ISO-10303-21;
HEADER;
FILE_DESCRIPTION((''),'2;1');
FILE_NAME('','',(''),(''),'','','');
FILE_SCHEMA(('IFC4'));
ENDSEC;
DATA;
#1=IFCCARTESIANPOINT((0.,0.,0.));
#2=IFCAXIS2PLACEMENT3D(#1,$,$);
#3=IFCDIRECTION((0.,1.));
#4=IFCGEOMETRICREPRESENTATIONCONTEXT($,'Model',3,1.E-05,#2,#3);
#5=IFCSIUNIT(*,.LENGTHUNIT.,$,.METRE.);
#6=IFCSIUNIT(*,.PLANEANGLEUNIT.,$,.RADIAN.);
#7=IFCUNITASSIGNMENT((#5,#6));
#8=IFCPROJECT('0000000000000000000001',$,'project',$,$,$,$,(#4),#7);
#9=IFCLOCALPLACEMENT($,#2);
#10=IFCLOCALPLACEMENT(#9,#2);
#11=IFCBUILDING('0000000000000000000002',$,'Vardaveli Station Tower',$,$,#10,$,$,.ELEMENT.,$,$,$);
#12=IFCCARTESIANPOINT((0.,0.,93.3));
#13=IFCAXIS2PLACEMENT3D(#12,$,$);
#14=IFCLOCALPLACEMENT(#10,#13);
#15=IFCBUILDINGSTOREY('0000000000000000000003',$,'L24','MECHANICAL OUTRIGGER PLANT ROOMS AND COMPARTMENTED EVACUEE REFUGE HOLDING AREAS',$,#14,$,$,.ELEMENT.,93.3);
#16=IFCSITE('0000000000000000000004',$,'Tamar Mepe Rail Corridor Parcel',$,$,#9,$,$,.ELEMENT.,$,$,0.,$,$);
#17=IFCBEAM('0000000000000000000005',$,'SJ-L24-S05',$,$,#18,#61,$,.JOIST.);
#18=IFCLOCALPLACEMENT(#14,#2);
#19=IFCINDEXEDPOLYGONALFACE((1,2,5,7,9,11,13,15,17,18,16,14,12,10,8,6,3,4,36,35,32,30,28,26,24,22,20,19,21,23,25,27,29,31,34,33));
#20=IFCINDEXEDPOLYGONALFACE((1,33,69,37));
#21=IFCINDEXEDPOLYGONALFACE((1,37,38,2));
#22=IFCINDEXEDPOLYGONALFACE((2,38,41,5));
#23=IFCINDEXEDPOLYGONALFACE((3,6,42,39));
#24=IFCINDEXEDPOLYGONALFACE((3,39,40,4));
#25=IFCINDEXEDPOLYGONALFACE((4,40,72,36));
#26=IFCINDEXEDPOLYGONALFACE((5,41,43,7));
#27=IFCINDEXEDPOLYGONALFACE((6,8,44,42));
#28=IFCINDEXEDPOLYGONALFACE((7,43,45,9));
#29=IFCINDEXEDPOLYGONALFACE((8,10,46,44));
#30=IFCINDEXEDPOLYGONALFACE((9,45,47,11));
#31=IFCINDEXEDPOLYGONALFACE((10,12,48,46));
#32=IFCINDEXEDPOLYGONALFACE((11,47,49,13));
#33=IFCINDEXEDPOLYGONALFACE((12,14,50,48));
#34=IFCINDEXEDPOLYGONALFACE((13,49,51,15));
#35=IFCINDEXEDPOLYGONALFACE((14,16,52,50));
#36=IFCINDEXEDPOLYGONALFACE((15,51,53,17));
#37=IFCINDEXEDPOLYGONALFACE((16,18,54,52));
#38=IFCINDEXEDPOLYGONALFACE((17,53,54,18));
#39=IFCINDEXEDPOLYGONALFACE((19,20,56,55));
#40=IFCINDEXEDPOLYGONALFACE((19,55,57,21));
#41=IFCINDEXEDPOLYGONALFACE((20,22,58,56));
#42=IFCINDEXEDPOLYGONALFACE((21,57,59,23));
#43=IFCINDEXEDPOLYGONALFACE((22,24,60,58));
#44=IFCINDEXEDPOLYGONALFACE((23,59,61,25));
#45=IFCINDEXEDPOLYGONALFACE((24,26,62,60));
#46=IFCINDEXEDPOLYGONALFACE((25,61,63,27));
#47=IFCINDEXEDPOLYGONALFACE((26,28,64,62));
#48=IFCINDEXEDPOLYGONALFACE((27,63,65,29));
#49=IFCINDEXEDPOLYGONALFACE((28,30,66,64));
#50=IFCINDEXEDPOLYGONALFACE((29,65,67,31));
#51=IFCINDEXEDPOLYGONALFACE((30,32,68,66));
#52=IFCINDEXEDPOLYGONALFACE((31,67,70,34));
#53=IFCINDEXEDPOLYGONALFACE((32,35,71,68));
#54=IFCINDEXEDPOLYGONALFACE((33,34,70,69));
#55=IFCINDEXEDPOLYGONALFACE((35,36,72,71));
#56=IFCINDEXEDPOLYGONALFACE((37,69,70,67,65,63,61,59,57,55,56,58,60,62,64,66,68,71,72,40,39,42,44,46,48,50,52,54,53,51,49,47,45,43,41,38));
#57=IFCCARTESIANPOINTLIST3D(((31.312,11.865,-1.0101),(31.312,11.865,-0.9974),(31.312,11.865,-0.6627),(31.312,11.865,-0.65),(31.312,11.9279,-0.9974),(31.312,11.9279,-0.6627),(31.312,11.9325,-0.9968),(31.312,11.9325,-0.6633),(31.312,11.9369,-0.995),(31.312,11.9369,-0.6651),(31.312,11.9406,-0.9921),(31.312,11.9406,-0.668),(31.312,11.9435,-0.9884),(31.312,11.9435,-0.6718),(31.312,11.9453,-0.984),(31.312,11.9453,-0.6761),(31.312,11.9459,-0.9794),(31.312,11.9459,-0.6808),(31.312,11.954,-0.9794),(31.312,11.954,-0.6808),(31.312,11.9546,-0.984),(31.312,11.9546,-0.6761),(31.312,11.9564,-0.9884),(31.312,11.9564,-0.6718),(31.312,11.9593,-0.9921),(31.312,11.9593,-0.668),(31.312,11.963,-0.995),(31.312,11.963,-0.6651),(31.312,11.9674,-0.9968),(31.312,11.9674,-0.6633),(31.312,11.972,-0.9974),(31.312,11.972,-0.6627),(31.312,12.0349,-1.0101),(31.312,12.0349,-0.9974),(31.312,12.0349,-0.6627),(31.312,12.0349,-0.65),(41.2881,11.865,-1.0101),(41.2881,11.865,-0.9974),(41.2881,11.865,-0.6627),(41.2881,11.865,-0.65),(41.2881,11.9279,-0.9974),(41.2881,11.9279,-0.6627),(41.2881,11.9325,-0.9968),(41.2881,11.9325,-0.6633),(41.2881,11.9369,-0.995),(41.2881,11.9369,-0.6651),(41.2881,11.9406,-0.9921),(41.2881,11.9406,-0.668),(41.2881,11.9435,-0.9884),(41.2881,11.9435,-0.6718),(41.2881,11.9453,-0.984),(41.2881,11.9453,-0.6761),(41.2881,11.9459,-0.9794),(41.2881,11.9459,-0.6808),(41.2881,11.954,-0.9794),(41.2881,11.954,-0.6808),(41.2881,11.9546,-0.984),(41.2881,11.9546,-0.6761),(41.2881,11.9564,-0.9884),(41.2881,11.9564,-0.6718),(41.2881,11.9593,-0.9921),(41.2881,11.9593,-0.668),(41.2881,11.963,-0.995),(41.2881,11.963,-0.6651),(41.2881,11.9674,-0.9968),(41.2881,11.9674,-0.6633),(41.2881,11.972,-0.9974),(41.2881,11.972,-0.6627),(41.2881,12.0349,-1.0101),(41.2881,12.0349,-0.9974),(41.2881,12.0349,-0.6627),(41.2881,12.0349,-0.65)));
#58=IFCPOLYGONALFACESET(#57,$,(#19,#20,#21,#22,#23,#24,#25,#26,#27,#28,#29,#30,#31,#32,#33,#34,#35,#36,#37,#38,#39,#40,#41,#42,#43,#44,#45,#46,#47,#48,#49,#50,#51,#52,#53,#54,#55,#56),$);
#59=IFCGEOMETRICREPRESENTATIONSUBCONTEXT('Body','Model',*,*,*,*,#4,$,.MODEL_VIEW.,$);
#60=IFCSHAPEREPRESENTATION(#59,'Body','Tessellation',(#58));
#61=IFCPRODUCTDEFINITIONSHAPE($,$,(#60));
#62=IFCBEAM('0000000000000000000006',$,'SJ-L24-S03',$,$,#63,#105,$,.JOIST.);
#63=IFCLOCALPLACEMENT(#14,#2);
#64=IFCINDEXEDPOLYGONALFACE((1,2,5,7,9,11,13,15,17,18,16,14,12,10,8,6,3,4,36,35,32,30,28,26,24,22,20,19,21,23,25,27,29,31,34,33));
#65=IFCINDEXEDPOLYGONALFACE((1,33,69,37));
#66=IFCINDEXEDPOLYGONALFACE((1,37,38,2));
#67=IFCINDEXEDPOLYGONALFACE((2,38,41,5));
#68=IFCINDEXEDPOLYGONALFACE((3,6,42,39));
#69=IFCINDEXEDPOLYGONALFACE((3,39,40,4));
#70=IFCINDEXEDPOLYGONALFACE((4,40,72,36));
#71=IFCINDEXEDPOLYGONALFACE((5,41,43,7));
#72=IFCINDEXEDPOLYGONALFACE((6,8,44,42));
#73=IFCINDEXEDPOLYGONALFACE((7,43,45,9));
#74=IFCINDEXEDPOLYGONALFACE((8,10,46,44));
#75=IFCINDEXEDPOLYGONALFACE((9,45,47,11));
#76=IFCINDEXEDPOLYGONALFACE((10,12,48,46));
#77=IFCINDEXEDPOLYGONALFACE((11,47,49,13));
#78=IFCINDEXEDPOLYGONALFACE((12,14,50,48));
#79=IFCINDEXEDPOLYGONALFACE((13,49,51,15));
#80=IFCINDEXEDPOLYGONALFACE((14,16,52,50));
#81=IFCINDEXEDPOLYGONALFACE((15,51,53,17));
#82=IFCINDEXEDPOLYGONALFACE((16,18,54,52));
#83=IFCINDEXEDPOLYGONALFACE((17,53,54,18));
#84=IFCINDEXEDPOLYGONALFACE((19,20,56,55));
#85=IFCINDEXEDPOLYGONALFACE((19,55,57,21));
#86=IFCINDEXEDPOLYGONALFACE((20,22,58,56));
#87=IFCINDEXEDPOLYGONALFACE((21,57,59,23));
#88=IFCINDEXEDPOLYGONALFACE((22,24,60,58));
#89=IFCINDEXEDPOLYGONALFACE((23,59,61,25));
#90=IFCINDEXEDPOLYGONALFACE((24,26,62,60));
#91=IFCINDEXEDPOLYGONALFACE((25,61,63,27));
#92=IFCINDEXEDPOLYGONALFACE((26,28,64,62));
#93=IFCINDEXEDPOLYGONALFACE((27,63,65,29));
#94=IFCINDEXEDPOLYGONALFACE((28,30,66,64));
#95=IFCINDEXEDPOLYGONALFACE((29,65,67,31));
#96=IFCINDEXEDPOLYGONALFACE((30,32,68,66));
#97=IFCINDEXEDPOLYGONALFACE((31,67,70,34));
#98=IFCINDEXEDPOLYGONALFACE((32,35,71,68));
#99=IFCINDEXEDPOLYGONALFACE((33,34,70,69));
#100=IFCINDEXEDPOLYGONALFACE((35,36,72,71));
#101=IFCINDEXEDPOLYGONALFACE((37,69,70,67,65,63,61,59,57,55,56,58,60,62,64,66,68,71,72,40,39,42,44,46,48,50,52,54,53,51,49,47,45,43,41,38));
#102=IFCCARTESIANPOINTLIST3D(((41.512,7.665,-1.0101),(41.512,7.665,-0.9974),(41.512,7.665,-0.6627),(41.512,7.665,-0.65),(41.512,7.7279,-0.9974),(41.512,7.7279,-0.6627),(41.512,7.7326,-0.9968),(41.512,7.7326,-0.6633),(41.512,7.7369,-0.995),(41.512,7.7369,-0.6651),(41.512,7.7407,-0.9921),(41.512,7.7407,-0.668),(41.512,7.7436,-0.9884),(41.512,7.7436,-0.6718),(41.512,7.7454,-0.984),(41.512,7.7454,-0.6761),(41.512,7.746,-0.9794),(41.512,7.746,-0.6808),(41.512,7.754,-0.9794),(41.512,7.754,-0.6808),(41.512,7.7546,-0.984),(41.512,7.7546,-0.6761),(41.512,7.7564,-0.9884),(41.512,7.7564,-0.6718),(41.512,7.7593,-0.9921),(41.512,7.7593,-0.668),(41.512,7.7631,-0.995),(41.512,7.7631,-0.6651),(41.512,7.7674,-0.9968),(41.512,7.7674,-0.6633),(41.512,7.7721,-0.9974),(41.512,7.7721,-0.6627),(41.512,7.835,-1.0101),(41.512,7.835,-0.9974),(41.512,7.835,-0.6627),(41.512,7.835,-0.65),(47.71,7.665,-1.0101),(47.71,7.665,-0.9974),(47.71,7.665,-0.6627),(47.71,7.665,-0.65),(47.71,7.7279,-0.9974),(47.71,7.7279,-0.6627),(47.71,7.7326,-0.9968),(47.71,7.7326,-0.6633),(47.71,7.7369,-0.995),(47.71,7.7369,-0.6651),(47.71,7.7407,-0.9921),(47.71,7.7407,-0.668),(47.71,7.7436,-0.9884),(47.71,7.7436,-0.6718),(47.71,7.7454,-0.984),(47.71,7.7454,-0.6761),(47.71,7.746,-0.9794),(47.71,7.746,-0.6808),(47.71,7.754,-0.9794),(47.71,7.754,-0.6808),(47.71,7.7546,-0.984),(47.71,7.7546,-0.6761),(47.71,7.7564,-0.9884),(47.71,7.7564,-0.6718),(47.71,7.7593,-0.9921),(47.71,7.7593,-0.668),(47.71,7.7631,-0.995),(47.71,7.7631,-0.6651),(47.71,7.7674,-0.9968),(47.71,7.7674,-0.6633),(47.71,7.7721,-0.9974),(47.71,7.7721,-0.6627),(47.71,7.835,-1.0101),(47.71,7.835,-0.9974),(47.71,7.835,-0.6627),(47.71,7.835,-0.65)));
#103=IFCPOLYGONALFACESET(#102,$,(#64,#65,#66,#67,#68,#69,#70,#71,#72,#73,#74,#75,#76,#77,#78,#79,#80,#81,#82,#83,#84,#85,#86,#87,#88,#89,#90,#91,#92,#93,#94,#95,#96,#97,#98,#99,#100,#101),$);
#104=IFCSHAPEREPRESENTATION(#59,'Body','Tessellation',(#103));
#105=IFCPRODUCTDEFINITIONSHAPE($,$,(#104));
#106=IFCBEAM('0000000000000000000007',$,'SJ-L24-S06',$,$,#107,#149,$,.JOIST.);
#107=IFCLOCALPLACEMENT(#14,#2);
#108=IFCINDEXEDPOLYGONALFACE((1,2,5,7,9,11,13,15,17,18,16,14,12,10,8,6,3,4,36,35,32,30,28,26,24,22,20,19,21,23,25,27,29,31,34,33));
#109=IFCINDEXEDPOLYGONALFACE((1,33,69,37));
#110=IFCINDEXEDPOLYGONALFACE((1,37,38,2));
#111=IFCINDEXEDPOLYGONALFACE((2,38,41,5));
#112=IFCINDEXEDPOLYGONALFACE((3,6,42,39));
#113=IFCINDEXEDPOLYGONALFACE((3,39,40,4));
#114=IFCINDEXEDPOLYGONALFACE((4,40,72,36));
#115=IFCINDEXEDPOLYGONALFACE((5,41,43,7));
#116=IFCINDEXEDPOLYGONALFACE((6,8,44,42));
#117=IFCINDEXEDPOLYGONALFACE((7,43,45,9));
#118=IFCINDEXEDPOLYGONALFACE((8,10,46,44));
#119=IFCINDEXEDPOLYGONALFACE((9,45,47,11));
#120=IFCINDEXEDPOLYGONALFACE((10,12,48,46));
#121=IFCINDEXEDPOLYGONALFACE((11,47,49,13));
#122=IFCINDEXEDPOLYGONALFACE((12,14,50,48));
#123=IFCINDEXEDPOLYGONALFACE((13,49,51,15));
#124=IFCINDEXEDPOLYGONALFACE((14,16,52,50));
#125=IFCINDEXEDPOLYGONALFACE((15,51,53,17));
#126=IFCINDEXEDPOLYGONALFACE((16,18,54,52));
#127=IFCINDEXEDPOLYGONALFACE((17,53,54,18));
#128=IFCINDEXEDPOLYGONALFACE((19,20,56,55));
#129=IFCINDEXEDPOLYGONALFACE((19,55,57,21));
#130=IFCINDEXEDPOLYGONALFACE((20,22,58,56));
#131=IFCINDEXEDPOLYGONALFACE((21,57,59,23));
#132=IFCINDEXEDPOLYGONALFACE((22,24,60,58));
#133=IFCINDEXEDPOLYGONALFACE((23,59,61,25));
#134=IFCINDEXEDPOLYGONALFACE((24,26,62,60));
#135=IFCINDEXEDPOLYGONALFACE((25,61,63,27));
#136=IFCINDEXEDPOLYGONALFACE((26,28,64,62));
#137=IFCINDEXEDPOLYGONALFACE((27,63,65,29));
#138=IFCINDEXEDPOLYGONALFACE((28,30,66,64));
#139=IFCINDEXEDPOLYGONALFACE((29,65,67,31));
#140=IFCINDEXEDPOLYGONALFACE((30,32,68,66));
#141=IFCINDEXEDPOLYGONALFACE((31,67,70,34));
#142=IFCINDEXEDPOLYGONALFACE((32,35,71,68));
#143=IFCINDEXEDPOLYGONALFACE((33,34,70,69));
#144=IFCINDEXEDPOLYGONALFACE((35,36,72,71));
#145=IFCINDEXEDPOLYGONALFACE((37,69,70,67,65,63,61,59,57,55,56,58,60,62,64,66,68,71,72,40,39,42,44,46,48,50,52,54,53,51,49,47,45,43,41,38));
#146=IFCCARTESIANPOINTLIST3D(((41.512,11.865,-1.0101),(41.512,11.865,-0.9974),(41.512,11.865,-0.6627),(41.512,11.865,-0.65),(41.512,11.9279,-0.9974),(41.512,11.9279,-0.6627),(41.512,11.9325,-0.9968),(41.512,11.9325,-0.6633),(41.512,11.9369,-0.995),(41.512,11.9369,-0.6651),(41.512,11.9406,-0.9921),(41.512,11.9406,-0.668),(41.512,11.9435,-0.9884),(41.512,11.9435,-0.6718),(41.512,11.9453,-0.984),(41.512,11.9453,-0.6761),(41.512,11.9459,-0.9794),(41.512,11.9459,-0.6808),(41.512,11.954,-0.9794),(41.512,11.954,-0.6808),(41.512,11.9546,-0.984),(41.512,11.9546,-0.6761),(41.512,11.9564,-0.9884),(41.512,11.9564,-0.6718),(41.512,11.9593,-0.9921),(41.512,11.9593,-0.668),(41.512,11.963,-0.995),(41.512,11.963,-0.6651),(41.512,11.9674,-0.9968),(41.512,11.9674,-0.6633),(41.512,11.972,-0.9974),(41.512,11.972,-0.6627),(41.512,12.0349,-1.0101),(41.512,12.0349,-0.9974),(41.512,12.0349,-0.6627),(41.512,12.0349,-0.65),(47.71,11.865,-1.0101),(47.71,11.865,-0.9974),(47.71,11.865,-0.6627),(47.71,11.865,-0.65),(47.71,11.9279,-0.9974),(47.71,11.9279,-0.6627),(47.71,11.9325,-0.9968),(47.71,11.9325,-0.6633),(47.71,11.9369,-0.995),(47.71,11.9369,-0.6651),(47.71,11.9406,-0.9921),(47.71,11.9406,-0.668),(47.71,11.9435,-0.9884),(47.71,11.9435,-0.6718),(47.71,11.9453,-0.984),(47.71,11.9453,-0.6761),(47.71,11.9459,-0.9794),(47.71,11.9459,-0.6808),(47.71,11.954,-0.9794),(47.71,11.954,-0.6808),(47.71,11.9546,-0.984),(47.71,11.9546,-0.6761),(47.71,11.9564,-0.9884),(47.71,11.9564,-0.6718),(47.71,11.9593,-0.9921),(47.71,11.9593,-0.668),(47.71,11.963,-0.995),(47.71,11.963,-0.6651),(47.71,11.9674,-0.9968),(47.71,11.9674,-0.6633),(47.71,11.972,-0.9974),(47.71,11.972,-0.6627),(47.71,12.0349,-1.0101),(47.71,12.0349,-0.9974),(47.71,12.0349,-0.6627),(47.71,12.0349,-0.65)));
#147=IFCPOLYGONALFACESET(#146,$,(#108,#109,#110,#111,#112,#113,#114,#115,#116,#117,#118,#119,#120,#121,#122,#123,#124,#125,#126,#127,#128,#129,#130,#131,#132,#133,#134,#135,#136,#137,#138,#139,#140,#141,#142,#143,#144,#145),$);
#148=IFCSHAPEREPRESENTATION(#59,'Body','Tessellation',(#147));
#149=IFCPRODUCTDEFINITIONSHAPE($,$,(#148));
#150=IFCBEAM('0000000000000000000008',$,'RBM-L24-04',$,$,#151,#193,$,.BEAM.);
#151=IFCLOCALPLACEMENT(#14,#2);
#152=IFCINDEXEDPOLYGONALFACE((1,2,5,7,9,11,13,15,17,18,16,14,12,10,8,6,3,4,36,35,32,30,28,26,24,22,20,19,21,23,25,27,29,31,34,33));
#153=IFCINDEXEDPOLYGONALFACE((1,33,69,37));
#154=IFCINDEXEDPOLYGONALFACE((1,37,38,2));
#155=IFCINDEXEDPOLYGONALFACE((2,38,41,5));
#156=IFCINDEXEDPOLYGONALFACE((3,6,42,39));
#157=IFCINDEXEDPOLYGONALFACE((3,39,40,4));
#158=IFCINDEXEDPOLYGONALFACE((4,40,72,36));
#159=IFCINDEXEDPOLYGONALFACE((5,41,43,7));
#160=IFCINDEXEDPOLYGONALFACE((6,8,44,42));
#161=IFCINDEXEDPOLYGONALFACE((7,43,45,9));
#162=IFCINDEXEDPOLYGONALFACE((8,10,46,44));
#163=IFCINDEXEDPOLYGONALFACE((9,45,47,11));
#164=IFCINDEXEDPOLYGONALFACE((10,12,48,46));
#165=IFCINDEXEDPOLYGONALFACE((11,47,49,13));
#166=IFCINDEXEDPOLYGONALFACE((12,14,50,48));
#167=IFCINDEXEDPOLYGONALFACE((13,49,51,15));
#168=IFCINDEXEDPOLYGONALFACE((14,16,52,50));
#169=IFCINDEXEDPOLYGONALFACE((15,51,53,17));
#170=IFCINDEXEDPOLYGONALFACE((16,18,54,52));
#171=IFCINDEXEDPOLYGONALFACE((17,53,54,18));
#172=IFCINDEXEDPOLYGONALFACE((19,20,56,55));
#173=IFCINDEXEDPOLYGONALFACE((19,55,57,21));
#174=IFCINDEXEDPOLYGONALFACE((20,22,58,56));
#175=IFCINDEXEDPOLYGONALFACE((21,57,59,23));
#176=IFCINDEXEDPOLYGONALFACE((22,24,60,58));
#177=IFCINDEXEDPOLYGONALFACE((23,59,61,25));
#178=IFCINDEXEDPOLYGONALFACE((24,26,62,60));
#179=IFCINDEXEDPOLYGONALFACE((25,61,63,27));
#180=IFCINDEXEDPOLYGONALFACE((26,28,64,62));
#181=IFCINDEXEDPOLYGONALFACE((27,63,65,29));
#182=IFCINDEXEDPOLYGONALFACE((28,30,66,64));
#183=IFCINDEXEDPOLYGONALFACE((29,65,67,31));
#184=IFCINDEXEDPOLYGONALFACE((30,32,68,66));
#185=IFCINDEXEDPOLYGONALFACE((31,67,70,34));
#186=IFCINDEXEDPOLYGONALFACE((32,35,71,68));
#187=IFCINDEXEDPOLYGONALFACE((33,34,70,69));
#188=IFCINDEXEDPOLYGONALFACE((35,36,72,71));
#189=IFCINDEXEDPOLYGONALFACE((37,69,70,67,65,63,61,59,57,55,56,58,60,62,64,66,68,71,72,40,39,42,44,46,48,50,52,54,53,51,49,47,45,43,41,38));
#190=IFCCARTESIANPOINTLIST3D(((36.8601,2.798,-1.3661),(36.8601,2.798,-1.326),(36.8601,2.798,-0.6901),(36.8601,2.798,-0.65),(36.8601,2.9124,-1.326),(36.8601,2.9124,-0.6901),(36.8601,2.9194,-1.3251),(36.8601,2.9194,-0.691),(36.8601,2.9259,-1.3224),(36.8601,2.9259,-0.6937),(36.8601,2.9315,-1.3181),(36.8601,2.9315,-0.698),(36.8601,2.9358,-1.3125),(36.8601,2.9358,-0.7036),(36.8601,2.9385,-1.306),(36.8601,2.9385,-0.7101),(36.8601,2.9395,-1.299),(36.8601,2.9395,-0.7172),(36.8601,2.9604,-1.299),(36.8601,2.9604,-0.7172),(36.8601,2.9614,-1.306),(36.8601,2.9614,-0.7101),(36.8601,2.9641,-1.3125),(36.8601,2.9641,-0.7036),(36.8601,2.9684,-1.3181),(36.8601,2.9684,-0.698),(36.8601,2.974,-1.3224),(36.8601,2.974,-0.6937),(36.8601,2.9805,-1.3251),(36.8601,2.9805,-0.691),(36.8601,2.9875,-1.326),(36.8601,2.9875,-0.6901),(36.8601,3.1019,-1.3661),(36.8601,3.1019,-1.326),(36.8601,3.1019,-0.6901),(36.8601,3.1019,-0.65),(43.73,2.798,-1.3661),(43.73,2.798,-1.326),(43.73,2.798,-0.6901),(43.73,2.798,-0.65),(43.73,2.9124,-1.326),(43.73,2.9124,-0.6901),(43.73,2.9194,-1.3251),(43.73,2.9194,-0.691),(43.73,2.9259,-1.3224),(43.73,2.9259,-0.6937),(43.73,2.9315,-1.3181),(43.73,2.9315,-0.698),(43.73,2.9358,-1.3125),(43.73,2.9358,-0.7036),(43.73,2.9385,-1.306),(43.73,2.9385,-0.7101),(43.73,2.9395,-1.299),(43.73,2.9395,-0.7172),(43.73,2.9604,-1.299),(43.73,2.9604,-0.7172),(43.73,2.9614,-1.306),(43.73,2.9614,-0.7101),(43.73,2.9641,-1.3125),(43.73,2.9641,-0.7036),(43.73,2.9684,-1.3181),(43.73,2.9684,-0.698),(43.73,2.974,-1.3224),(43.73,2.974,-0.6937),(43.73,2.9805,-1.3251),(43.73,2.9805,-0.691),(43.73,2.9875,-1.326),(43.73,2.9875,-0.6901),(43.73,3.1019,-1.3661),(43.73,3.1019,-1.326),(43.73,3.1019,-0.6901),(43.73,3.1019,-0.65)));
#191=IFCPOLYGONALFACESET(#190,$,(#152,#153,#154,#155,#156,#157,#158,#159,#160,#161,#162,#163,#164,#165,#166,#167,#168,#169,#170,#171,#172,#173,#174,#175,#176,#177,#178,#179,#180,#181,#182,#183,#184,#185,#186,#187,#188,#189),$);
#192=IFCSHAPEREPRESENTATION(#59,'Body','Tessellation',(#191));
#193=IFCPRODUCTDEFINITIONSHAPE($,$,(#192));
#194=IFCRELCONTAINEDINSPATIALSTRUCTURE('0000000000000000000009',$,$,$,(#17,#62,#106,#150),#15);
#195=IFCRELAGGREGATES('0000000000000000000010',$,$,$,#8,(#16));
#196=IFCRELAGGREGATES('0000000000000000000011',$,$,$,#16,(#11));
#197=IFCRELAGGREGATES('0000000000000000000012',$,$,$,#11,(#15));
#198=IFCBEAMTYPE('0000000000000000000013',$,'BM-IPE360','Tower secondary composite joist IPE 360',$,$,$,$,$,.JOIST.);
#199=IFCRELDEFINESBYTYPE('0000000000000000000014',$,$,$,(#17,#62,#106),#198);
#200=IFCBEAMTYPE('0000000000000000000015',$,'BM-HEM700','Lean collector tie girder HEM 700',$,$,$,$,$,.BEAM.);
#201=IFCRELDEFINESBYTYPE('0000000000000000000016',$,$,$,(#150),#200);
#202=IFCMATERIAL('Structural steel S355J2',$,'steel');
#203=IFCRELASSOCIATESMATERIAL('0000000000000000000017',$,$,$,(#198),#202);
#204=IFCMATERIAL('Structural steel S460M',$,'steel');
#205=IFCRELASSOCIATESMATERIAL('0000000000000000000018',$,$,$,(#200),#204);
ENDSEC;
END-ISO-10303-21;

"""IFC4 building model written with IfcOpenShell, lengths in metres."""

from ifc_helpers import new_model, si_unit, direction, frame, origin, origin_2d, place, context, subcontext, project, spatial, i_section, extrude, source, transform, mapped, material, material_profile, profile_set, type_object, element, save


model = new_model("IFC4")

# Units and contexts
model_context = context("Model", 3, precision=1e-05, world=origin(), true_north=direction((0.0, 1.0)))
body_context = subcontext(model_context, "Body", "Model", "MODEL_VIEW")
ifc_project = project(units=[si_unit("LENGTHUNIT", "METRE"), si_unit("PLANEANGLEUNIT", "RADIAN")], contexts=[model_context])

# Site, building, storey
site_placement = place(None, origin())
site = spatial("IfcSite", under=ifc_project, at=site_placement, Name="Tamar Mepe Rail Corridor Parcel", CompositionType="ELEMENT", RefElevation=0.0)
building_placement = place(site_placement, origin())
building = spatial("IfcBuilding", under=site, at=building_placement, Name="Vardaveli Station Tower", CompositionType="ELEMENT")
storey_placement = place(building_placement, frame((0.0, 0.0, 93.3)))
storey = spatial("IfcBuildingStorey", under=building, at=storey_placement, Name="L24", Description="MECHANICAL OUTRIGGER PLANT ROOMS AND COMPARTMENTED EVACUEE REFUGE HOLDING AREAS", CompositionType="ELEMENT", Elevation=93.3)

# Shared definitions
ifc_material_1 = material(Name="Structural steel S460M", Category="steel")

# Beams
ifc_material_2 = material(Name="Structural steel S355J2", Category="steel")
ifc_material_profile_1 = material_profile(ifc_material_2, i_section(OverallWidth=0.1699, OverallDepth=0.3601, WebThickness=0.0081, FlangeThickness=0.0127, FilletRadius=0.0181, at=origin_2d()), Name="IPE 360")
ifc_profile_set_1 = profile_set([ifc_material_profile_1], Name="Structural steel S355J2")
beam_type_1 = type_object("IfcBeamType", Name="BM-IPE360", Description="Tower secondary composite joist IPE 360", PredefinedType="JOIST", material=ifc_profile_set_1)
shared_shape_1 = source(origin(), body_context, "Body", "SweptSolid", [
    extrude(i_section(OverallWidth=0.1699, OverallDepth=0.3601, WebThickness=0.0081, FlangeThickness=0.0127, FilletRadius=0.0181, at=origin_2d()), origin(), (0.0, 0.0, 1.0), 9.9761),
])
for number, where, z_axis, x_axis, name in (
    (1, (31.312, 11.95, -0.8301), (1.0, 0.0, 0.0), (0.0, 1.0, 0.0), "SJ-L24-S05"),
):
    element("IfcBeam", number, at=place(storey_placement, frame(where, z_axis=z_axis, x_axis=x_axis)), inside=storey, type_object=beam_type_1, Name=name, PredefinedType="JOIST", context=body_context, shape_type="MappedRepresentation", body=[
        mapped(shared_shape_1, transform((0.0, 0.0, 0.0), scale=1.0)),
    ])
shared_shape_2 = source(origin(), body_context, "Body", "SweptSolid", [
    extrude(i_section(OverallWidth=0.1699, OverallDepth=0.3601, WebThickness=0.0081, FlangeThickness=0.0127, FilletRadius=0.0181, at=origin_2d()), origin(), (0.0, 0.0, 1.0), 6.198),
])
for number, where, z_axis, x_axis, name in (
    (2, (41.512, 7.75, -0.8301), (1.0, 0.0, 0.0), (0.0, 1.0, 0.0), "SJ-L24-S03"),
    (3, (41.512, 11.95, -0.8301), (1.0, 0.0, 0.0), (0.0, 1.0, 0.0), "SJ-L24-S06"),
):
    element("IfcBeam", number, at=place(storey_placement, frame(where, z_axis=z_axis, x_axis=x_axis)), inside=storey, type_object=beam_type_1, Name=name, PredefinedType="JOIST", context=body_context, shape_type="MappedRepresentation", body=[
        mapped(shared_shape_2, transform((0.0, 0.0, 0.0), scale=1.0)),
    ])
ifc_material_profile_2 = material_profile(ifc_material_1, i_section(OverallWidth=0.304, OverallDepth=0.7161, WebThickness=0.021, FlangeThickness=0.04, FilletRadius=0.0271, at=origin_2d()), Name="HEM 700")
ifc_profile_set_2 = profile_set([ifc_material_profile_2], Name="Structural steel S460M")
beam_type_2 = type_object("IfcBeamType", Name="BM-HEM700", Description="Lean collector tie girder HEM 700", PredefinedType="BEAM", material=ifc_profile_set_2)
shared_shape_3 = source(origin(), body_context, "Body", "SweptSolid", [
    extrude(i_section(OverallWidth=0.304, OverallDepth=0.7161, WebThickness=0.021, FlangeThickness=0.04, FilletRadius=0.0271, at=origin_2d()), origin(), (0.0, 0.0, 1.0), 6.8699),
])
beam_1_placement = place(storey_placement, frame((36.8601, 2.95, -1.0081), z_axis=(1.0, 0.0, 0.0), x_axis=(0.0, 1.0, 0.0)))
element("IfcBeam", 4, at=beam_1_placement, inside=storey, type_object=beam_type_2, Name="RBM-L24-04", PredefinedType="BEAM", context=body_context, shape_type="MappedRepresentation", body=[
    mapped(shared_shape_3, transform((0.0, 0.0, 0.0), scale=1.0)),
])

save(model, "model.ifc")
